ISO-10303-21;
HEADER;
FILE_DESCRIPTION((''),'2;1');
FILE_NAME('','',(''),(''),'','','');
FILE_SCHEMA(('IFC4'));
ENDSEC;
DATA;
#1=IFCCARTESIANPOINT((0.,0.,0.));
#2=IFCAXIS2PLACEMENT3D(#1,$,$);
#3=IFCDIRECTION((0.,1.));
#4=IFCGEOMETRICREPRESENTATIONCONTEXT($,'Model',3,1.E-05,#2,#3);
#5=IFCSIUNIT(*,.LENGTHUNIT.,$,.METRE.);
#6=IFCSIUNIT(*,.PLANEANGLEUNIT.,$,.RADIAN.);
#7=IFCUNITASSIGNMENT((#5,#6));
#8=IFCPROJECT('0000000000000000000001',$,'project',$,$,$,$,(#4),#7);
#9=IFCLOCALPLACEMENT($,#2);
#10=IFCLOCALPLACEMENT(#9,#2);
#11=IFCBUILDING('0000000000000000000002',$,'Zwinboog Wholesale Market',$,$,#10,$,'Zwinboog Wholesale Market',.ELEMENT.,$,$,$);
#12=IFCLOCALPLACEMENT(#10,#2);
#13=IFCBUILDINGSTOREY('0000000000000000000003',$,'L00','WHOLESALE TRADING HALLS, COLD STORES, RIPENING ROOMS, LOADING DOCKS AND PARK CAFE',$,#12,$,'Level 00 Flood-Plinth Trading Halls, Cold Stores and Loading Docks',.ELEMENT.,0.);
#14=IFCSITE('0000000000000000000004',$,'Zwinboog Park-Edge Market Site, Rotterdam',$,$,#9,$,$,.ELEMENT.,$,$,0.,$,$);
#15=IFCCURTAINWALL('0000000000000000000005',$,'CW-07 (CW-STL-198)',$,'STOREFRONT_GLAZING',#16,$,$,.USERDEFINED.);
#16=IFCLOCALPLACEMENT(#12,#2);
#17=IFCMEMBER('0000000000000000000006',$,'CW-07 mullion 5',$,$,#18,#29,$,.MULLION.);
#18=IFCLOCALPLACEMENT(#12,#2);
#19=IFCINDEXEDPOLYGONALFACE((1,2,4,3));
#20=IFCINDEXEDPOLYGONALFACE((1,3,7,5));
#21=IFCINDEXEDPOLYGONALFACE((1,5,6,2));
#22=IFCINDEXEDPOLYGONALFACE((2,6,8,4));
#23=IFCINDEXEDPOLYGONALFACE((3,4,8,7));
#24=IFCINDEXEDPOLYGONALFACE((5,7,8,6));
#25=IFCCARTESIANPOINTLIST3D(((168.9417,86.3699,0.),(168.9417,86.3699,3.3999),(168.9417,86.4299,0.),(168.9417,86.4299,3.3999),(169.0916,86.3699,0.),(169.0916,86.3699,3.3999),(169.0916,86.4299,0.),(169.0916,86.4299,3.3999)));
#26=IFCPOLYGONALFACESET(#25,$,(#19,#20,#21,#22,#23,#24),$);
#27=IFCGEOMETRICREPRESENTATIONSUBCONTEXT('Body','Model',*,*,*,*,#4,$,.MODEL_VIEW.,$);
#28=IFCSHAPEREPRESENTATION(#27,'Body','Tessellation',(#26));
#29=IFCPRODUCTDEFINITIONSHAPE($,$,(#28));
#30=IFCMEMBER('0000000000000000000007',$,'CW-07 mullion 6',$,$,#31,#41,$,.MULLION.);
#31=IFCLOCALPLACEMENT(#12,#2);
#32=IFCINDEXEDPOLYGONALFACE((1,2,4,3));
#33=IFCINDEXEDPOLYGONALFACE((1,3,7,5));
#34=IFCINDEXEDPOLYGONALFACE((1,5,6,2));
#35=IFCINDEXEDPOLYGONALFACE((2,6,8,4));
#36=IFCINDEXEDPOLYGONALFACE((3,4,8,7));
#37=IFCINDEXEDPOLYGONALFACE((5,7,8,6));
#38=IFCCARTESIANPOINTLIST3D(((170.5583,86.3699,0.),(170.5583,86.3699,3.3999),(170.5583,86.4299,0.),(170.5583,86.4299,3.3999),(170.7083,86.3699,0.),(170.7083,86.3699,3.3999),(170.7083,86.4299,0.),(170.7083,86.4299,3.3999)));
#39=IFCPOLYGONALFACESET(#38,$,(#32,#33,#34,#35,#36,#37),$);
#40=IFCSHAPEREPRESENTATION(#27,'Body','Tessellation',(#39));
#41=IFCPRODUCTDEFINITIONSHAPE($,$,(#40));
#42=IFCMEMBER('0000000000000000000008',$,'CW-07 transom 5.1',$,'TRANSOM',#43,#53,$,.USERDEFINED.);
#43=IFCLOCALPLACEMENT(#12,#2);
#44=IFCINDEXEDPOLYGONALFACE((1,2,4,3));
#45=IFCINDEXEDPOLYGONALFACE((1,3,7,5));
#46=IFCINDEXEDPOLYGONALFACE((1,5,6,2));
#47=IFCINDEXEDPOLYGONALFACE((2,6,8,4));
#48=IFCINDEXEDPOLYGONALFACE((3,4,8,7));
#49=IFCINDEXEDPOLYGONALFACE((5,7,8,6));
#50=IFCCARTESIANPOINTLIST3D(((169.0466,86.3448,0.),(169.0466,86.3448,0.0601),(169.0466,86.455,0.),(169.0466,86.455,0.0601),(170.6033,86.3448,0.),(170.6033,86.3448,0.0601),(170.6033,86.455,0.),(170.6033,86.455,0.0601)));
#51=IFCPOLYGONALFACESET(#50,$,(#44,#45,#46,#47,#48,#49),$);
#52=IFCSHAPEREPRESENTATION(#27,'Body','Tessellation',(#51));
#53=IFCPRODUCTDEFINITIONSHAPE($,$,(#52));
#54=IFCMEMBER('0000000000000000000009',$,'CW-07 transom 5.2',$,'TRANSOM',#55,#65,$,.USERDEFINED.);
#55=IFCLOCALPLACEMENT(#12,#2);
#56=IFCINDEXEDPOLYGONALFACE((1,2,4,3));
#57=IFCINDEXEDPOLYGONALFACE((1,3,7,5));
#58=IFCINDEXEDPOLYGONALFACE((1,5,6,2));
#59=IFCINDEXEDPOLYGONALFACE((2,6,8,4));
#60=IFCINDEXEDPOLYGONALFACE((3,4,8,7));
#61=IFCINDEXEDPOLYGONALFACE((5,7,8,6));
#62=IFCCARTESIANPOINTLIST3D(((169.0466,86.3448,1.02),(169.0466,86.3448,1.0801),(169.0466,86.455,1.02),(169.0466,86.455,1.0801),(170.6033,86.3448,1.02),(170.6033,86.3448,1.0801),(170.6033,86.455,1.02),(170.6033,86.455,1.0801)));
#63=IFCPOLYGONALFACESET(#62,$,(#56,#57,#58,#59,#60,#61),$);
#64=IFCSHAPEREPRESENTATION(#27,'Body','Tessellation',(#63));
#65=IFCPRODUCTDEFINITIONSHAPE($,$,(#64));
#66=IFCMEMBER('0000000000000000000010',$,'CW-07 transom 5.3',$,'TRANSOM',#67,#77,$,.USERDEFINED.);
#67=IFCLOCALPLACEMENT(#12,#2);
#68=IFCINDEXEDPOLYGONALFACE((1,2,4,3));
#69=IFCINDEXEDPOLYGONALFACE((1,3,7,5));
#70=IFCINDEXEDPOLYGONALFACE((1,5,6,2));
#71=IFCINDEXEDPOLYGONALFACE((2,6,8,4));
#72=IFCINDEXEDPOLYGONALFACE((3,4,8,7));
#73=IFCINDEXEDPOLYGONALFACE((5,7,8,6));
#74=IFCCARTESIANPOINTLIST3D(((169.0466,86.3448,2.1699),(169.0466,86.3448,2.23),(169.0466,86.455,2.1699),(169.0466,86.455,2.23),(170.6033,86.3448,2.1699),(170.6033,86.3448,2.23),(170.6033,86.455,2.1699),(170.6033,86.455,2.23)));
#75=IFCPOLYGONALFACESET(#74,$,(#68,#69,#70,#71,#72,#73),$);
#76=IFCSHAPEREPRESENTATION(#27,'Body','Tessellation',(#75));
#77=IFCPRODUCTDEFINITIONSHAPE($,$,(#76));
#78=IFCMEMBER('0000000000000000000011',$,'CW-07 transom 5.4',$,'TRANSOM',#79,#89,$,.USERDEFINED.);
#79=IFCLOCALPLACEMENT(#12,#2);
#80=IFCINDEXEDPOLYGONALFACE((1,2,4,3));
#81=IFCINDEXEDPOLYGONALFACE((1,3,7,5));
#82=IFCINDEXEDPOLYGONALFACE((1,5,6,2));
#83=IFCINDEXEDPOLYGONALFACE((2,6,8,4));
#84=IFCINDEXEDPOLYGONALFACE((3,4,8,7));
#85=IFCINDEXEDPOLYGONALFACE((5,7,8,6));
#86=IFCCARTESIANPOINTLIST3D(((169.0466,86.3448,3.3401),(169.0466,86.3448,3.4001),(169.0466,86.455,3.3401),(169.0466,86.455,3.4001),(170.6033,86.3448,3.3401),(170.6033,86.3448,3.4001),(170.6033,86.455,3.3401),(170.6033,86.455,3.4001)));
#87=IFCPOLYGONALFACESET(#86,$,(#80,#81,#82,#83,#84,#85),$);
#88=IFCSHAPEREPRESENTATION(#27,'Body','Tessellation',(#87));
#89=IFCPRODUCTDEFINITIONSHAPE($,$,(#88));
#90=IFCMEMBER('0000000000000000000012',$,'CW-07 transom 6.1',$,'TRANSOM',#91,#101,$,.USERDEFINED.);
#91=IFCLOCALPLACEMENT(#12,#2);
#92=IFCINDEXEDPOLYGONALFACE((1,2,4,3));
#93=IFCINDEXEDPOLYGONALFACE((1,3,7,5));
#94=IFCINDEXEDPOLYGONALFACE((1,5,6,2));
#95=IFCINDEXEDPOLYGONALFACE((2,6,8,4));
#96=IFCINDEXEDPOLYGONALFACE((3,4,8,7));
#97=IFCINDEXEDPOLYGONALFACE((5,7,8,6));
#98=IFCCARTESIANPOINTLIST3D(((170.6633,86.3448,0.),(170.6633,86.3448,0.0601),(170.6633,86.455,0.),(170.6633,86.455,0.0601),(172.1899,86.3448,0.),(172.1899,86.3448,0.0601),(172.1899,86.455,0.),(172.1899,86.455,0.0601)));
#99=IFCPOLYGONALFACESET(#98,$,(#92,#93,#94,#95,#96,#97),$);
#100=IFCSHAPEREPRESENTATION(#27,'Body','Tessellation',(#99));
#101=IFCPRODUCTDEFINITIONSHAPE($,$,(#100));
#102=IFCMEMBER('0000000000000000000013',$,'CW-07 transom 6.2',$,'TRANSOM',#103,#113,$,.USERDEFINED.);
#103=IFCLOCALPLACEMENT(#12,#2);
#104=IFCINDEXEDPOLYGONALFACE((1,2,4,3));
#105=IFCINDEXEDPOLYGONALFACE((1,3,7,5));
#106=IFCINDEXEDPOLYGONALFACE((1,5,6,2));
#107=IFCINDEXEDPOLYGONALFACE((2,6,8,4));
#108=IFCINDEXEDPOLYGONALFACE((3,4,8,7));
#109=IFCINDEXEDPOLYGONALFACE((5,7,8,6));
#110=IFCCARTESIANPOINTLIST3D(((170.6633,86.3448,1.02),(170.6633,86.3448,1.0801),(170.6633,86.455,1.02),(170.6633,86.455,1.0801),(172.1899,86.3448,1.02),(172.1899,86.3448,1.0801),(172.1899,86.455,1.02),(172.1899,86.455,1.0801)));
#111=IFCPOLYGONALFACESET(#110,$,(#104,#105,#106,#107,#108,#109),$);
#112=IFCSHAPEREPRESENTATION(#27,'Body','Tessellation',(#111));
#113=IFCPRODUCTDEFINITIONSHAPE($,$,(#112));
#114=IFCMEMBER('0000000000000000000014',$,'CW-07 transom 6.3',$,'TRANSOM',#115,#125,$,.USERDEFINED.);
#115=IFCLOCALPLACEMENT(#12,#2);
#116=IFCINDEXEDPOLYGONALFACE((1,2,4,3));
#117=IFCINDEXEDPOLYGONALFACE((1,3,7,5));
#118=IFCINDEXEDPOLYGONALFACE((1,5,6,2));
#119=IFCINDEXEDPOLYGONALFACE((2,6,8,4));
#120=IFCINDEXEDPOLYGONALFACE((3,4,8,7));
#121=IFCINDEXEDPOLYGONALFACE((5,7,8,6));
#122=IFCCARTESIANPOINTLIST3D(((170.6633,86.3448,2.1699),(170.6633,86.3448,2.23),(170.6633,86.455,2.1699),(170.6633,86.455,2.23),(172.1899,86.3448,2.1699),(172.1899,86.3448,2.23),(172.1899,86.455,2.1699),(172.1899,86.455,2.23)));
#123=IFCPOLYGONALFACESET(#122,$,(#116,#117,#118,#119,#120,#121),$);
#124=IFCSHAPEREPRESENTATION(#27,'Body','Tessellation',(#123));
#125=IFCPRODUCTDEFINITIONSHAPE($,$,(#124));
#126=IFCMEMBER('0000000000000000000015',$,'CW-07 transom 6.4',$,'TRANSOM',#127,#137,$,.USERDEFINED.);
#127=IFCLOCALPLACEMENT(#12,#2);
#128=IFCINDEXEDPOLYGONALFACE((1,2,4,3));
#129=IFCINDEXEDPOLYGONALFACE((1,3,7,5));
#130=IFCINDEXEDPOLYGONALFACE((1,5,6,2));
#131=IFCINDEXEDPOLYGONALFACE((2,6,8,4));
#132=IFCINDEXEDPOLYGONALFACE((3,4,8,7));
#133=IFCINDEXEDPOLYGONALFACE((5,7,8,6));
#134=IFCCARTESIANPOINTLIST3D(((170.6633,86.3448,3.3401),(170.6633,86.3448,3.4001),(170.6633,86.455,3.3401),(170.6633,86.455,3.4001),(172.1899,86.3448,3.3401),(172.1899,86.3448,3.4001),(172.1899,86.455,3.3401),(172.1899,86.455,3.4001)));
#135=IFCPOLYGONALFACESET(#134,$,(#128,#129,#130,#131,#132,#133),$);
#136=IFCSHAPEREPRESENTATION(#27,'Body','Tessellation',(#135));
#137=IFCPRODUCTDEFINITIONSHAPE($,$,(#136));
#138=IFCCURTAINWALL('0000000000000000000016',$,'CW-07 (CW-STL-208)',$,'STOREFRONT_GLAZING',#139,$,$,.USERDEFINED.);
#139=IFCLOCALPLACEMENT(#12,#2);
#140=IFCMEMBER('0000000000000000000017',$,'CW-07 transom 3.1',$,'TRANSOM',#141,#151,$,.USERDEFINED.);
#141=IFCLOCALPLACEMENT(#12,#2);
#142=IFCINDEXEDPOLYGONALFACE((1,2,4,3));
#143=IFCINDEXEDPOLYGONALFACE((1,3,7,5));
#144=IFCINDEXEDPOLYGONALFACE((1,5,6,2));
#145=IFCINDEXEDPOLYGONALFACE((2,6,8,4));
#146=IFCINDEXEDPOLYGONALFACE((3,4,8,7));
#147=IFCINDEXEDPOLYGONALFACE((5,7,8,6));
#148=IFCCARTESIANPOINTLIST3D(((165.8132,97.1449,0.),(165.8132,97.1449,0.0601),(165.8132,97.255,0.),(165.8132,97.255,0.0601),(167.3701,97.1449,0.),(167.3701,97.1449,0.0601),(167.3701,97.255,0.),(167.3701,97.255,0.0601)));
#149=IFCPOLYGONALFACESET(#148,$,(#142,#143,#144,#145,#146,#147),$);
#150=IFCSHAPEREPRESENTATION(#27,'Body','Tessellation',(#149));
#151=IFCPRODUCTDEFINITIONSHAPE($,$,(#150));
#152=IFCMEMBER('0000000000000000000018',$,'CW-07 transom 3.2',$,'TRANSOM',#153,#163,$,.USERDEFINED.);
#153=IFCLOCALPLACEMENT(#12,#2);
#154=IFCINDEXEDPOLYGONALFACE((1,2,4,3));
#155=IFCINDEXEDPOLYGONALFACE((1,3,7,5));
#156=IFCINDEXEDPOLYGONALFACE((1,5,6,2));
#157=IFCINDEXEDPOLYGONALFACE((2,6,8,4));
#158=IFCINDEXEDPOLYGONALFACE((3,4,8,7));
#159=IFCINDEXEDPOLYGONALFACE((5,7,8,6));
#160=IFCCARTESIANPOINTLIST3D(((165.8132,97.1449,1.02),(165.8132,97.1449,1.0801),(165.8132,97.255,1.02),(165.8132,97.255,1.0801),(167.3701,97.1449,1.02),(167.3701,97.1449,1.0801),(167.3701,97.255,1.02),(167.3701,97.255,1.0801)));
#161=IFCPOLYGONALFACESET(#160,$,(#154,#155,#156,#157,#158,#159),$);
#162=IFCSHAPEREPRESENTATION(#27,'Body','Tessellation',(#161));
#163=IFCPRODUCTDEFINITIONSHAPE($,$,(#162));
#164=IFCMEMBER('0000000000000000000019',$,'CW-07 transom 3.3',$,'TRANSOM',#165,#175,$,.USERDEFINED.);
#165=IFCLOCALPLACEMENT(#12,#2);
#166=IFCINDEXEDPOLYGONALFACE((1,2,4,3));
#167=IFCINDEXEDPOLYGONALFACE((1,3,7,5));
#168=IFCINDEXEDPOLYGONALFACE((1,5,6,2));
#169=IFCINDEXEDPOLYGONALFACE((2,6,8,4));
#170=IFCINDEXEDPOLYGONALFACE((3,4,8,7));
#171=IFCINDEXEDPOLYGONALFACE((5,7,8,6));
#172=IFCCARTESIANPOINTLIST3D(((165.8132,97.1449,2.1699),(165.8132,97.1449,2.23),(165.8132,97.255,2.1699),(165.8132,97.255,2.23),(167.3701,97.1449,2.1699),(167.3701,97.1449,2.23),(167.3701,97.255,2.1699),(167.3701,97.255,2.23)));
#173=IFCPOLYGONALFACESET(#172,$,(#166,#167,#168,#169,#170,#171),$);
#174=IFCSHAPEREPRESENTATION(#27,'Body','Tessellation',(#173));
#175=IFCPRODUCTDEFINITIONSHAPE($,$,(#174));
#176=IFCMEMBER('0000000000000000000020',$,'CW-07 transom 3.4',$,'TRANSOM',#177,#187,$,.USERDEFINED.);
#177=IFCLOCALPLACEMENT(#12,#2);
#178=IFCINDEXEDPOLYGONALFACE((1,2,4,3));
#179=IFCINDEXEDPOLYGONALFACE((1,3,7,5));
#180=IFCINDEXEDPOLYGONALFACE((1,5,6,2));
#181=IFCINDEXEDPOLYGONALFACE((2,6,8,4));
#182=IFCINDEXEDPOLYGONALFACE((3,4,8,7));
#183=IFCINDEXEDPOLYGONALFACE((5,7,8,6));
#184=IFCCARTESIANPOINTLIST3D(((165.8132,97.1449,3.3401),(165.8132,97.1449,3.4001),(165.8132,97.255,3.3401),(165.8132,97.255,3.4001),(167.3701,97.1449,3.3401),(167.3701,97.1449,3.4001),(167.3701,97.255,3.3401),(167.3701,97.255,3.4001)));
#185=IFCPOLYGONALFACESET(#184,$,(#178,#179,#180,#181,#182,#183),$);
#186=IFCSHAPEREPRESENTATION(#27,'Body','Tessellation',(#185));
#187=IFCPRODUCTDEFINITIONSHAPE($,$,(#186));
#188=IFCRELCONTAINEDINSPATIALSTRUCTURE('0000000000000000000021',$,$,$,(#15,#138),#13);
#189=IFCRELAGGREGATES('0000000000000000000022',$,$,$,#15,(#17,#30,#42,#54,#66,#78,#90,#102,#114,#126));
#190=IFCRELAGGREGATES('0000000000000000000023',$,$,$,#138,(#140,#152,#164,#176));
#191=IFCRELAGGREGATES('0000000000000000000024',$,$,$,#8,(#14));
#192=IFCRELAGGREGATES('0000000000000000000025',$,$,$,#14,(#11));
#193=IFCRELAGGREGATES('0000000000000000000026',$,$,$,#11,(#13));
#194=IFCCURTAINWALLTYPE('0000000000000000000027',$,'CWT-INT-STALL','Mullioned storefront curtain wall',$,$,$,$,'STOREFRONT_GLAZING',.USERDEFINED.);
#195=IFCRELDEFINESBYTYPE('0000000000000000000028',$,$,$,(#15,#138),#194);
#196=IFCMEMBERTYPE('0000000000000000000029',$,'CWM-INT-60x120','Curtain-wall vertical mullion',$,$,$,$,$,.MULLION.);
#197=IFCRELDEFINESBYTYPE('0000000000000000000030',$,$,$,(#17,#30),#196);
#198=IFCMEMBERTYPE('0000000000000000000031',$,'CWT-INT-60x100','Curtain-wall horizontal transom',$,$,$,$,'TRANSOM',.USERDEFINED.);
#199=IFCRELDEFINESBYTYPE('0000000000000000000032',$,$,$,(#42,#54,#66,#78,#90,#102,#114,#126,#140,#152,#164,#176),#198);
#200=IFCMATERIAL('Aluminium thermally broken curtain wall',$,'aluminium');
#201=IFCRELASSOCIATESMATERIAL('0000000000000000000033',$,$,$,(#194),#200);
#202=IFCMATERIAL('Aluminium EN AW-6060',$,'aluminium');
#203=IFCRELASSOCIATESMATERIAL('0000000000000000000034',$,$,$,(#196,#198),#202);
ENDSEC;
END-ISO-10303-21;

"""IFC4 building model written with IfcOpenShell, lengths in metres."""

from ifc_helpers import new_model, si_unit, direction, frame, origin, origin_2d, place, context, subcontext, project, spatial, rectangle, extrude, material, material_profile, profile_set, type_object, element, aggregate, save


model = new_model("IFC4")

# Units and contexts
model_context = context("Model", 3, precision=1e-05, world=origin(), true_north=direction((0.0, 1.0)))
body_context = subcontext(model_context, "Body", "Model", "MODEL_VIEW")
ifc_project = project(units=[si_unit("LENGTHUNIT", "METRE"), si_unit("PLANEANGLEUNIT", "RADIAN")], contexts=[model_context])

# Site, building, storey
site_placement = place(None, origin())
site = spatial("IfcSite", under=ifc_project, at=site_placement, Name="Zwinboog Park-Edge Market Site, Rotterdam", CompositionType="ELEMENT", RefElevation=0.0)
building_placement = place(site_placement, origin())
building = spatial("IfcBuilding", under=site, at=building_placement, Name="Zwinboog Wholesale Market", LongName="Zwinboog Wholesale Market", CompositionType="ELEMENT")
storey_placement = place(building_placement, origin())
storey = spatial("IfcBuildingStorey", under=building, at=storey_placement, Name="L00", Description="WHOLESALE TRADING HALLS, COLD STORES, RIPENING ROOMS, LOADING DOCKS AND PARK CAFE", LongName="Level 00 Flood-Plinth Trading Halls, Cold Stores and Loading Docks", CompositionType="ELEMENT", Elevation=0.0)

# Curtain walls, members
ifc_material_1 = material(Name="Aluminium thermally broken curtain wall", Category="aluminium")
curtain_wall_type = type_object("IfcCurtainWallType", Name="CWT-INT-STALL", Description="Mullioned storefront curtain wall", ElementType="STOREFRONT_GLAZING", PredefinedType="USERDEFINED", material=ifc_material_1)
curtain_wall_1_placement = place(storey_placement, origin())
curtain_wall_1 = element("IfcCurtainWall", 1, at=curtain_wall_1_placement, inside=storey, type_object=curtain_wall_type, Name="CW-07 (CW-STL-198)", ObjectType="STOREFRONT_GLAZING", PredefinedType="USERDEFINED")
ifc_material_2 = material(Name="Aluminium EN AW-6060", Category="aluminium")
ifc_material_profile_1 = material_profile(ifc_material_2, rectangle(XDim=0.0601, YDim=0.1499, at=origin_2d()), Name="AL 60x150")
ifc_profile_set_1 = profile_set([ifc_material_profile_1], Name="Aluminium EN AW-6060")
member_type_1 = type_object("IfcMemberType", Name="CWM-INT-60x120", Description="Curtain-wall vertical mullion", PredefinedType="MULLION", material=ifc_profile_set_1)
member_1_placement = place(storey_placement, frame((169.0166, 86.3999, 0.0), z_axis=(0.0, 0.0, 1.0), x_axis=(0.0, 1.0, 0.0)))
member_1 = element("IfcMember", 2, at=member_1_placement, type_object=member_type_1, Name="CW-07 mullion 5", PredefinedType="MULLION", context=body_context, shape_type="SweptSolid", body=[
    extrude(rectangle(XDim=0.0601, YDim=0.1499, at=origin_2d()), origin(), (0.0, 0.0, 1.0), 3.3999),
])
member_2_placement = place(storey_placement, frame((170.6333, 86.3999, 0.0), z_axis=(0.0, 0.0, 1.0), x_axis=(0.0, 1.0, 0.0)))
member_2 = element("IfcMember", 3, at=member_2_placement, type_object=member_type_1, Name="CW-07 mullion 6", PredefinedType="MULLION", context=body_context, shape_type="SweptSolid", body=[
    extrude(rectangle(XDim=0.0601, YDim=0.1499, at=origin_2d()), origin(), (0.0, 0.0, 1.0), 3.3999),
])
ifc_material_profile_2 = material_profile(ifc_material_2, rectangle(XDim=0.1101, YDim=0.0601, at=origin_2d()), Name="AL 60x110")
ifc_profile_set_2 = profile_set([ifc_material_profile_2], Name="Aluminium EN AW-6060")
member_type_2 = type_object("IfcMemberType", Name="CWT-INT-60x100", Description="Curtain-wall horizontal transom", ElementType="TRANSOM", PredefinedType="USERDEFINED", material=ifc_profile_set_2)
member_3_placement = place(storey_placement, frame((169.0466, 86.3999, 0.03), z_axis=(1.0, 0.0, 0.0), x_axis=(0.0, 1.0, 0.0)))
member_3 = element("IfcMember", 4, at=member_3_placement, type_object=member_type_2, Name="CW-07 transom 5.1", ObjectType="TRANSOM", PredefinedType="USERDEFINED", context=body_context, shape_type="SweptSolid", body=[
    extrude(rectangle(XDim=0.1101, YDim=0.0601, at=origin_2d()), origin(), (0.0, 0.0, 1.0), 1.5566),
])
member_4_placement = place(storey_placement, frame((169.0466, 86.3999, 1.05), z_axis=(1.0, 0.0, 0.0), x_axis=(0.0, 1.0, 0.0)))
member_4 = element("IfcMember", 5, at=member_4_placement, type_object=member_type_2, Name="CW-07 transom 5.2", ObjectType="TRANSOM", PredefinedType="USERDEFINED", context=body_context, shape_type="SweptSolid", body=[
    extrude(rectangle(XDim=0.1101, YDim=0.0601, at=origin_2d()), origin(), (0.0, 0.0, 1.0), 1.5566),
])
member_5_placement = place(storey_placement, frame((169.0466, 86.3999, 2.2), z_axis=(1.0, 0.0, 0.0), x_axis=(0.0, 1.0, 0.0)))
member_5 = element("IfcMember", 6, at=member_5_placement, type_object=member_type_2, Name="CW-07 transom 5.3", ObjectType="TRANSOM", PredefinedType="USERDEFINED", context=body_context, shape_type="SweptSolid", body=[
    extrude(rectangle(XDim=0.1101, YDim=0.0601, at=origin_2d()), origin(), (0.0, 0.0, 1.0), 1.5566),
])
member_6_placement = place(storey_placement, frame((169.0466, 86.3999, 3.3701), z_axis=(1.0, 0.0, 0.0), x_axis=(0.0, 1.0, 0.0)))
member_6 = element("IfcMember", 7, at=member_6_placement, type_object=member_type_2, Name="CW-07 transom 5.4", ObjectType="TRANSOM", PredefinedType="USERDEFINED", context=body_context, shape_type="SweptSolid", body=[
    extrude(rectangle(XDim=0.1101, YDim=0.0601, at=origin_2d()), origin(), (0.0, 0.0, 1.0), 1.5566),
])
member_7_placement = place(storey_placement, frame((170.6633, 86.3999, 0.03), z_axis=(1.0, 0.0, 0.0), x_axis=(0.0, 1.0, 0.0)))
member_7 = element("IfcMember", 8, at=member_7_placement, type_object=member_type_2, Name="CW-07 transom 6.1", ObjectType="TRANSOM", PredefinedType="USERDEFINED", context=body_context, shape_type="SweptSolid", body=[
    extrude(rectangle(XDim=0.1101, YDim=0.0601, at=origin_2d()), origin(), (0.0, 0.0, 1.0), 1.5266),
])
member_8_placement = place(storey_placement, frame((170.6633, 86.3999, 1.05), z_axis=(1.0, 0.0, 0.0), x_axis=(0.0, 1.0, 0.0)))
member_8 = element("IfcMember", 9, at=member_8_placement, type_object=member_type_2, Name="CW-07 transom 6.2", ObjectType="TRANSOM", PredefinedType="USERDEFINED", context=body_context, shape_type="SweptSolid", body=[
    extrude(rectangle(XDim=0.1101, YDim=0.0601, at=origin_2d()), origin(), (0.0, 0.0, 1.0), 1.5266),
])
member_9_placement = place(storey_placement, frame((170.6633, 86.3999, 2.2), z_axis=(1.0, 0.0, 0.0), x_axis=(0.0, 1.0, 0.0)))
member_9 = element("IfcMember", 10, at=member_9_placement, type_object=member_type_2, Name="CW-07 transom 6.3", ObjectType="TRANSOM", PredefinedType="USERDEFINED", context=body_context, shape_type="SweptSolid", body=[
    extrude(rectangle(XDim=0.1101, YDim=0.0601, at=origin_2d()), origin(), (0.0, 0.0, 1.0), 1.5266),
])
member_10_placement = place(storey_placement, frame((170.6633, 86.3999, 3.3701), z_axis=(1.0, 0.0, 0.0), x_axis=(0.0, 1.0, 0.0)))
member_10 = element("IfcMember", 11, at=member_10_placement, type_object=member_type_2, Name="CW-07 transom 6.4", ObjectType="TRANSOM", PredefinedType="USERDEFINED", context=body_context, shape_type="SweptSolid", body=[
    extrude(rectangle(XDim=0.1101, YDim=0.0601, at=origin_2d()), origin(), (0.0, 0.0, 1.0), 1.5266),
])
curtain_wall_2_placement = place(storey_placement, origin())
curtain_wall_2 = element("IfcCurtainWall", 12, at=curtain_wall_2_placement, inside=storey, type_object=curtain_wall_type, Name="CW-07 (CW-STL-208)", ObjectType="STOREFRONT_GLAZING", PredefinedType="USERDEFINED")
member_11_placement = place(storey_placement, frame((165.8132, 97.2, 0.03), z_axis=(1.0, 0.0, 0.0), x_axis=(0.0, 1.0, 0.0)))
member_11 = element("IfcMember", 13, at=member_11_placement, type_object=member_type_2, Name="CW-07 transom 3.1", ObjectType="TRANSOM", PredefinedType="USERDEFINED", context=body_context, shape_type="SweptSolid", body=[
    extrude(rectangle(XDim=0.1101, YDim=0.0601, at=origin_2d()), origin(), (0.0, 0.0, 1.0), 1.5569),
])
member_12_placement = place(storey_placement, frame((165.8132, 97.2, 1.05), z_axis=(1.0, 0.0, 0.0), x_axis=(0.0, 1.0, 0.0)))
member_12 = element("IfcMember", 14, at=member_12_placement, type_object=member_type_2, Name="CW-07 transom 3.2", ObjectType="TRANSOM", PredefinedType="USERDEFINED", context=body_context, shape_type="SweptSolid", body=[
    extrude(rectangle(XDim=0.1101, YDim=0.0601, at=origin_2d()), origin(), (0.0, 0.0, 1.0), 1.5569),
])
member_13_placement = place(storey_placement, frame((165.8132, 97.2, 2.2), z_axis=(1.0, 0.0, 0.0), x_axis=(0.0, 1.0, 0.0)))
member_13 = element("IfcMember", 15, at=member_13_placement, type_object=member_type_2, Name="CW-07 transom 3.3", ObjectType="TRANSOM", PredefinedType="USERDEFINED", context=body_context, shape_type="SweptSolid", body=[
    extrude(rectangle(XDim=0.1101, YDim=0.0601, at=origin_2d()), origin(), (0.0, 0.0, 1.0), 1.5569),
])
member_14_placement = place(storey_placement, frame((165.8132, 97.2, 3.3701), z_axis=(1.0, 0.0, 0.0), x_axis=(0.0, 1.0, 0.0)))
member_14 = element("IfcMember", 16, at=member_14_placement, type_object=member_type_2, Name="CW-07 transom 3.4", ObjectType="TRANSOM", PredefinedType="USERDEFINED", context=body_context, shape_type="SweptSolid", body=[
    extrude(rectangle(XDim=0.1101, YDim=0.0601, at=origin_2d()), origin(), (0.0, 0.0, 1.0), 1.5569),
])

aggregate(curtain_wall_1, [member_1, member_2, member_3, member_4, member_5, member_6, member_7, member_8, member_9, member_10])
aggregate(curtain_wall_2, [member_11, member_12, member_13, member_14])

save(model, "model.ifc")
